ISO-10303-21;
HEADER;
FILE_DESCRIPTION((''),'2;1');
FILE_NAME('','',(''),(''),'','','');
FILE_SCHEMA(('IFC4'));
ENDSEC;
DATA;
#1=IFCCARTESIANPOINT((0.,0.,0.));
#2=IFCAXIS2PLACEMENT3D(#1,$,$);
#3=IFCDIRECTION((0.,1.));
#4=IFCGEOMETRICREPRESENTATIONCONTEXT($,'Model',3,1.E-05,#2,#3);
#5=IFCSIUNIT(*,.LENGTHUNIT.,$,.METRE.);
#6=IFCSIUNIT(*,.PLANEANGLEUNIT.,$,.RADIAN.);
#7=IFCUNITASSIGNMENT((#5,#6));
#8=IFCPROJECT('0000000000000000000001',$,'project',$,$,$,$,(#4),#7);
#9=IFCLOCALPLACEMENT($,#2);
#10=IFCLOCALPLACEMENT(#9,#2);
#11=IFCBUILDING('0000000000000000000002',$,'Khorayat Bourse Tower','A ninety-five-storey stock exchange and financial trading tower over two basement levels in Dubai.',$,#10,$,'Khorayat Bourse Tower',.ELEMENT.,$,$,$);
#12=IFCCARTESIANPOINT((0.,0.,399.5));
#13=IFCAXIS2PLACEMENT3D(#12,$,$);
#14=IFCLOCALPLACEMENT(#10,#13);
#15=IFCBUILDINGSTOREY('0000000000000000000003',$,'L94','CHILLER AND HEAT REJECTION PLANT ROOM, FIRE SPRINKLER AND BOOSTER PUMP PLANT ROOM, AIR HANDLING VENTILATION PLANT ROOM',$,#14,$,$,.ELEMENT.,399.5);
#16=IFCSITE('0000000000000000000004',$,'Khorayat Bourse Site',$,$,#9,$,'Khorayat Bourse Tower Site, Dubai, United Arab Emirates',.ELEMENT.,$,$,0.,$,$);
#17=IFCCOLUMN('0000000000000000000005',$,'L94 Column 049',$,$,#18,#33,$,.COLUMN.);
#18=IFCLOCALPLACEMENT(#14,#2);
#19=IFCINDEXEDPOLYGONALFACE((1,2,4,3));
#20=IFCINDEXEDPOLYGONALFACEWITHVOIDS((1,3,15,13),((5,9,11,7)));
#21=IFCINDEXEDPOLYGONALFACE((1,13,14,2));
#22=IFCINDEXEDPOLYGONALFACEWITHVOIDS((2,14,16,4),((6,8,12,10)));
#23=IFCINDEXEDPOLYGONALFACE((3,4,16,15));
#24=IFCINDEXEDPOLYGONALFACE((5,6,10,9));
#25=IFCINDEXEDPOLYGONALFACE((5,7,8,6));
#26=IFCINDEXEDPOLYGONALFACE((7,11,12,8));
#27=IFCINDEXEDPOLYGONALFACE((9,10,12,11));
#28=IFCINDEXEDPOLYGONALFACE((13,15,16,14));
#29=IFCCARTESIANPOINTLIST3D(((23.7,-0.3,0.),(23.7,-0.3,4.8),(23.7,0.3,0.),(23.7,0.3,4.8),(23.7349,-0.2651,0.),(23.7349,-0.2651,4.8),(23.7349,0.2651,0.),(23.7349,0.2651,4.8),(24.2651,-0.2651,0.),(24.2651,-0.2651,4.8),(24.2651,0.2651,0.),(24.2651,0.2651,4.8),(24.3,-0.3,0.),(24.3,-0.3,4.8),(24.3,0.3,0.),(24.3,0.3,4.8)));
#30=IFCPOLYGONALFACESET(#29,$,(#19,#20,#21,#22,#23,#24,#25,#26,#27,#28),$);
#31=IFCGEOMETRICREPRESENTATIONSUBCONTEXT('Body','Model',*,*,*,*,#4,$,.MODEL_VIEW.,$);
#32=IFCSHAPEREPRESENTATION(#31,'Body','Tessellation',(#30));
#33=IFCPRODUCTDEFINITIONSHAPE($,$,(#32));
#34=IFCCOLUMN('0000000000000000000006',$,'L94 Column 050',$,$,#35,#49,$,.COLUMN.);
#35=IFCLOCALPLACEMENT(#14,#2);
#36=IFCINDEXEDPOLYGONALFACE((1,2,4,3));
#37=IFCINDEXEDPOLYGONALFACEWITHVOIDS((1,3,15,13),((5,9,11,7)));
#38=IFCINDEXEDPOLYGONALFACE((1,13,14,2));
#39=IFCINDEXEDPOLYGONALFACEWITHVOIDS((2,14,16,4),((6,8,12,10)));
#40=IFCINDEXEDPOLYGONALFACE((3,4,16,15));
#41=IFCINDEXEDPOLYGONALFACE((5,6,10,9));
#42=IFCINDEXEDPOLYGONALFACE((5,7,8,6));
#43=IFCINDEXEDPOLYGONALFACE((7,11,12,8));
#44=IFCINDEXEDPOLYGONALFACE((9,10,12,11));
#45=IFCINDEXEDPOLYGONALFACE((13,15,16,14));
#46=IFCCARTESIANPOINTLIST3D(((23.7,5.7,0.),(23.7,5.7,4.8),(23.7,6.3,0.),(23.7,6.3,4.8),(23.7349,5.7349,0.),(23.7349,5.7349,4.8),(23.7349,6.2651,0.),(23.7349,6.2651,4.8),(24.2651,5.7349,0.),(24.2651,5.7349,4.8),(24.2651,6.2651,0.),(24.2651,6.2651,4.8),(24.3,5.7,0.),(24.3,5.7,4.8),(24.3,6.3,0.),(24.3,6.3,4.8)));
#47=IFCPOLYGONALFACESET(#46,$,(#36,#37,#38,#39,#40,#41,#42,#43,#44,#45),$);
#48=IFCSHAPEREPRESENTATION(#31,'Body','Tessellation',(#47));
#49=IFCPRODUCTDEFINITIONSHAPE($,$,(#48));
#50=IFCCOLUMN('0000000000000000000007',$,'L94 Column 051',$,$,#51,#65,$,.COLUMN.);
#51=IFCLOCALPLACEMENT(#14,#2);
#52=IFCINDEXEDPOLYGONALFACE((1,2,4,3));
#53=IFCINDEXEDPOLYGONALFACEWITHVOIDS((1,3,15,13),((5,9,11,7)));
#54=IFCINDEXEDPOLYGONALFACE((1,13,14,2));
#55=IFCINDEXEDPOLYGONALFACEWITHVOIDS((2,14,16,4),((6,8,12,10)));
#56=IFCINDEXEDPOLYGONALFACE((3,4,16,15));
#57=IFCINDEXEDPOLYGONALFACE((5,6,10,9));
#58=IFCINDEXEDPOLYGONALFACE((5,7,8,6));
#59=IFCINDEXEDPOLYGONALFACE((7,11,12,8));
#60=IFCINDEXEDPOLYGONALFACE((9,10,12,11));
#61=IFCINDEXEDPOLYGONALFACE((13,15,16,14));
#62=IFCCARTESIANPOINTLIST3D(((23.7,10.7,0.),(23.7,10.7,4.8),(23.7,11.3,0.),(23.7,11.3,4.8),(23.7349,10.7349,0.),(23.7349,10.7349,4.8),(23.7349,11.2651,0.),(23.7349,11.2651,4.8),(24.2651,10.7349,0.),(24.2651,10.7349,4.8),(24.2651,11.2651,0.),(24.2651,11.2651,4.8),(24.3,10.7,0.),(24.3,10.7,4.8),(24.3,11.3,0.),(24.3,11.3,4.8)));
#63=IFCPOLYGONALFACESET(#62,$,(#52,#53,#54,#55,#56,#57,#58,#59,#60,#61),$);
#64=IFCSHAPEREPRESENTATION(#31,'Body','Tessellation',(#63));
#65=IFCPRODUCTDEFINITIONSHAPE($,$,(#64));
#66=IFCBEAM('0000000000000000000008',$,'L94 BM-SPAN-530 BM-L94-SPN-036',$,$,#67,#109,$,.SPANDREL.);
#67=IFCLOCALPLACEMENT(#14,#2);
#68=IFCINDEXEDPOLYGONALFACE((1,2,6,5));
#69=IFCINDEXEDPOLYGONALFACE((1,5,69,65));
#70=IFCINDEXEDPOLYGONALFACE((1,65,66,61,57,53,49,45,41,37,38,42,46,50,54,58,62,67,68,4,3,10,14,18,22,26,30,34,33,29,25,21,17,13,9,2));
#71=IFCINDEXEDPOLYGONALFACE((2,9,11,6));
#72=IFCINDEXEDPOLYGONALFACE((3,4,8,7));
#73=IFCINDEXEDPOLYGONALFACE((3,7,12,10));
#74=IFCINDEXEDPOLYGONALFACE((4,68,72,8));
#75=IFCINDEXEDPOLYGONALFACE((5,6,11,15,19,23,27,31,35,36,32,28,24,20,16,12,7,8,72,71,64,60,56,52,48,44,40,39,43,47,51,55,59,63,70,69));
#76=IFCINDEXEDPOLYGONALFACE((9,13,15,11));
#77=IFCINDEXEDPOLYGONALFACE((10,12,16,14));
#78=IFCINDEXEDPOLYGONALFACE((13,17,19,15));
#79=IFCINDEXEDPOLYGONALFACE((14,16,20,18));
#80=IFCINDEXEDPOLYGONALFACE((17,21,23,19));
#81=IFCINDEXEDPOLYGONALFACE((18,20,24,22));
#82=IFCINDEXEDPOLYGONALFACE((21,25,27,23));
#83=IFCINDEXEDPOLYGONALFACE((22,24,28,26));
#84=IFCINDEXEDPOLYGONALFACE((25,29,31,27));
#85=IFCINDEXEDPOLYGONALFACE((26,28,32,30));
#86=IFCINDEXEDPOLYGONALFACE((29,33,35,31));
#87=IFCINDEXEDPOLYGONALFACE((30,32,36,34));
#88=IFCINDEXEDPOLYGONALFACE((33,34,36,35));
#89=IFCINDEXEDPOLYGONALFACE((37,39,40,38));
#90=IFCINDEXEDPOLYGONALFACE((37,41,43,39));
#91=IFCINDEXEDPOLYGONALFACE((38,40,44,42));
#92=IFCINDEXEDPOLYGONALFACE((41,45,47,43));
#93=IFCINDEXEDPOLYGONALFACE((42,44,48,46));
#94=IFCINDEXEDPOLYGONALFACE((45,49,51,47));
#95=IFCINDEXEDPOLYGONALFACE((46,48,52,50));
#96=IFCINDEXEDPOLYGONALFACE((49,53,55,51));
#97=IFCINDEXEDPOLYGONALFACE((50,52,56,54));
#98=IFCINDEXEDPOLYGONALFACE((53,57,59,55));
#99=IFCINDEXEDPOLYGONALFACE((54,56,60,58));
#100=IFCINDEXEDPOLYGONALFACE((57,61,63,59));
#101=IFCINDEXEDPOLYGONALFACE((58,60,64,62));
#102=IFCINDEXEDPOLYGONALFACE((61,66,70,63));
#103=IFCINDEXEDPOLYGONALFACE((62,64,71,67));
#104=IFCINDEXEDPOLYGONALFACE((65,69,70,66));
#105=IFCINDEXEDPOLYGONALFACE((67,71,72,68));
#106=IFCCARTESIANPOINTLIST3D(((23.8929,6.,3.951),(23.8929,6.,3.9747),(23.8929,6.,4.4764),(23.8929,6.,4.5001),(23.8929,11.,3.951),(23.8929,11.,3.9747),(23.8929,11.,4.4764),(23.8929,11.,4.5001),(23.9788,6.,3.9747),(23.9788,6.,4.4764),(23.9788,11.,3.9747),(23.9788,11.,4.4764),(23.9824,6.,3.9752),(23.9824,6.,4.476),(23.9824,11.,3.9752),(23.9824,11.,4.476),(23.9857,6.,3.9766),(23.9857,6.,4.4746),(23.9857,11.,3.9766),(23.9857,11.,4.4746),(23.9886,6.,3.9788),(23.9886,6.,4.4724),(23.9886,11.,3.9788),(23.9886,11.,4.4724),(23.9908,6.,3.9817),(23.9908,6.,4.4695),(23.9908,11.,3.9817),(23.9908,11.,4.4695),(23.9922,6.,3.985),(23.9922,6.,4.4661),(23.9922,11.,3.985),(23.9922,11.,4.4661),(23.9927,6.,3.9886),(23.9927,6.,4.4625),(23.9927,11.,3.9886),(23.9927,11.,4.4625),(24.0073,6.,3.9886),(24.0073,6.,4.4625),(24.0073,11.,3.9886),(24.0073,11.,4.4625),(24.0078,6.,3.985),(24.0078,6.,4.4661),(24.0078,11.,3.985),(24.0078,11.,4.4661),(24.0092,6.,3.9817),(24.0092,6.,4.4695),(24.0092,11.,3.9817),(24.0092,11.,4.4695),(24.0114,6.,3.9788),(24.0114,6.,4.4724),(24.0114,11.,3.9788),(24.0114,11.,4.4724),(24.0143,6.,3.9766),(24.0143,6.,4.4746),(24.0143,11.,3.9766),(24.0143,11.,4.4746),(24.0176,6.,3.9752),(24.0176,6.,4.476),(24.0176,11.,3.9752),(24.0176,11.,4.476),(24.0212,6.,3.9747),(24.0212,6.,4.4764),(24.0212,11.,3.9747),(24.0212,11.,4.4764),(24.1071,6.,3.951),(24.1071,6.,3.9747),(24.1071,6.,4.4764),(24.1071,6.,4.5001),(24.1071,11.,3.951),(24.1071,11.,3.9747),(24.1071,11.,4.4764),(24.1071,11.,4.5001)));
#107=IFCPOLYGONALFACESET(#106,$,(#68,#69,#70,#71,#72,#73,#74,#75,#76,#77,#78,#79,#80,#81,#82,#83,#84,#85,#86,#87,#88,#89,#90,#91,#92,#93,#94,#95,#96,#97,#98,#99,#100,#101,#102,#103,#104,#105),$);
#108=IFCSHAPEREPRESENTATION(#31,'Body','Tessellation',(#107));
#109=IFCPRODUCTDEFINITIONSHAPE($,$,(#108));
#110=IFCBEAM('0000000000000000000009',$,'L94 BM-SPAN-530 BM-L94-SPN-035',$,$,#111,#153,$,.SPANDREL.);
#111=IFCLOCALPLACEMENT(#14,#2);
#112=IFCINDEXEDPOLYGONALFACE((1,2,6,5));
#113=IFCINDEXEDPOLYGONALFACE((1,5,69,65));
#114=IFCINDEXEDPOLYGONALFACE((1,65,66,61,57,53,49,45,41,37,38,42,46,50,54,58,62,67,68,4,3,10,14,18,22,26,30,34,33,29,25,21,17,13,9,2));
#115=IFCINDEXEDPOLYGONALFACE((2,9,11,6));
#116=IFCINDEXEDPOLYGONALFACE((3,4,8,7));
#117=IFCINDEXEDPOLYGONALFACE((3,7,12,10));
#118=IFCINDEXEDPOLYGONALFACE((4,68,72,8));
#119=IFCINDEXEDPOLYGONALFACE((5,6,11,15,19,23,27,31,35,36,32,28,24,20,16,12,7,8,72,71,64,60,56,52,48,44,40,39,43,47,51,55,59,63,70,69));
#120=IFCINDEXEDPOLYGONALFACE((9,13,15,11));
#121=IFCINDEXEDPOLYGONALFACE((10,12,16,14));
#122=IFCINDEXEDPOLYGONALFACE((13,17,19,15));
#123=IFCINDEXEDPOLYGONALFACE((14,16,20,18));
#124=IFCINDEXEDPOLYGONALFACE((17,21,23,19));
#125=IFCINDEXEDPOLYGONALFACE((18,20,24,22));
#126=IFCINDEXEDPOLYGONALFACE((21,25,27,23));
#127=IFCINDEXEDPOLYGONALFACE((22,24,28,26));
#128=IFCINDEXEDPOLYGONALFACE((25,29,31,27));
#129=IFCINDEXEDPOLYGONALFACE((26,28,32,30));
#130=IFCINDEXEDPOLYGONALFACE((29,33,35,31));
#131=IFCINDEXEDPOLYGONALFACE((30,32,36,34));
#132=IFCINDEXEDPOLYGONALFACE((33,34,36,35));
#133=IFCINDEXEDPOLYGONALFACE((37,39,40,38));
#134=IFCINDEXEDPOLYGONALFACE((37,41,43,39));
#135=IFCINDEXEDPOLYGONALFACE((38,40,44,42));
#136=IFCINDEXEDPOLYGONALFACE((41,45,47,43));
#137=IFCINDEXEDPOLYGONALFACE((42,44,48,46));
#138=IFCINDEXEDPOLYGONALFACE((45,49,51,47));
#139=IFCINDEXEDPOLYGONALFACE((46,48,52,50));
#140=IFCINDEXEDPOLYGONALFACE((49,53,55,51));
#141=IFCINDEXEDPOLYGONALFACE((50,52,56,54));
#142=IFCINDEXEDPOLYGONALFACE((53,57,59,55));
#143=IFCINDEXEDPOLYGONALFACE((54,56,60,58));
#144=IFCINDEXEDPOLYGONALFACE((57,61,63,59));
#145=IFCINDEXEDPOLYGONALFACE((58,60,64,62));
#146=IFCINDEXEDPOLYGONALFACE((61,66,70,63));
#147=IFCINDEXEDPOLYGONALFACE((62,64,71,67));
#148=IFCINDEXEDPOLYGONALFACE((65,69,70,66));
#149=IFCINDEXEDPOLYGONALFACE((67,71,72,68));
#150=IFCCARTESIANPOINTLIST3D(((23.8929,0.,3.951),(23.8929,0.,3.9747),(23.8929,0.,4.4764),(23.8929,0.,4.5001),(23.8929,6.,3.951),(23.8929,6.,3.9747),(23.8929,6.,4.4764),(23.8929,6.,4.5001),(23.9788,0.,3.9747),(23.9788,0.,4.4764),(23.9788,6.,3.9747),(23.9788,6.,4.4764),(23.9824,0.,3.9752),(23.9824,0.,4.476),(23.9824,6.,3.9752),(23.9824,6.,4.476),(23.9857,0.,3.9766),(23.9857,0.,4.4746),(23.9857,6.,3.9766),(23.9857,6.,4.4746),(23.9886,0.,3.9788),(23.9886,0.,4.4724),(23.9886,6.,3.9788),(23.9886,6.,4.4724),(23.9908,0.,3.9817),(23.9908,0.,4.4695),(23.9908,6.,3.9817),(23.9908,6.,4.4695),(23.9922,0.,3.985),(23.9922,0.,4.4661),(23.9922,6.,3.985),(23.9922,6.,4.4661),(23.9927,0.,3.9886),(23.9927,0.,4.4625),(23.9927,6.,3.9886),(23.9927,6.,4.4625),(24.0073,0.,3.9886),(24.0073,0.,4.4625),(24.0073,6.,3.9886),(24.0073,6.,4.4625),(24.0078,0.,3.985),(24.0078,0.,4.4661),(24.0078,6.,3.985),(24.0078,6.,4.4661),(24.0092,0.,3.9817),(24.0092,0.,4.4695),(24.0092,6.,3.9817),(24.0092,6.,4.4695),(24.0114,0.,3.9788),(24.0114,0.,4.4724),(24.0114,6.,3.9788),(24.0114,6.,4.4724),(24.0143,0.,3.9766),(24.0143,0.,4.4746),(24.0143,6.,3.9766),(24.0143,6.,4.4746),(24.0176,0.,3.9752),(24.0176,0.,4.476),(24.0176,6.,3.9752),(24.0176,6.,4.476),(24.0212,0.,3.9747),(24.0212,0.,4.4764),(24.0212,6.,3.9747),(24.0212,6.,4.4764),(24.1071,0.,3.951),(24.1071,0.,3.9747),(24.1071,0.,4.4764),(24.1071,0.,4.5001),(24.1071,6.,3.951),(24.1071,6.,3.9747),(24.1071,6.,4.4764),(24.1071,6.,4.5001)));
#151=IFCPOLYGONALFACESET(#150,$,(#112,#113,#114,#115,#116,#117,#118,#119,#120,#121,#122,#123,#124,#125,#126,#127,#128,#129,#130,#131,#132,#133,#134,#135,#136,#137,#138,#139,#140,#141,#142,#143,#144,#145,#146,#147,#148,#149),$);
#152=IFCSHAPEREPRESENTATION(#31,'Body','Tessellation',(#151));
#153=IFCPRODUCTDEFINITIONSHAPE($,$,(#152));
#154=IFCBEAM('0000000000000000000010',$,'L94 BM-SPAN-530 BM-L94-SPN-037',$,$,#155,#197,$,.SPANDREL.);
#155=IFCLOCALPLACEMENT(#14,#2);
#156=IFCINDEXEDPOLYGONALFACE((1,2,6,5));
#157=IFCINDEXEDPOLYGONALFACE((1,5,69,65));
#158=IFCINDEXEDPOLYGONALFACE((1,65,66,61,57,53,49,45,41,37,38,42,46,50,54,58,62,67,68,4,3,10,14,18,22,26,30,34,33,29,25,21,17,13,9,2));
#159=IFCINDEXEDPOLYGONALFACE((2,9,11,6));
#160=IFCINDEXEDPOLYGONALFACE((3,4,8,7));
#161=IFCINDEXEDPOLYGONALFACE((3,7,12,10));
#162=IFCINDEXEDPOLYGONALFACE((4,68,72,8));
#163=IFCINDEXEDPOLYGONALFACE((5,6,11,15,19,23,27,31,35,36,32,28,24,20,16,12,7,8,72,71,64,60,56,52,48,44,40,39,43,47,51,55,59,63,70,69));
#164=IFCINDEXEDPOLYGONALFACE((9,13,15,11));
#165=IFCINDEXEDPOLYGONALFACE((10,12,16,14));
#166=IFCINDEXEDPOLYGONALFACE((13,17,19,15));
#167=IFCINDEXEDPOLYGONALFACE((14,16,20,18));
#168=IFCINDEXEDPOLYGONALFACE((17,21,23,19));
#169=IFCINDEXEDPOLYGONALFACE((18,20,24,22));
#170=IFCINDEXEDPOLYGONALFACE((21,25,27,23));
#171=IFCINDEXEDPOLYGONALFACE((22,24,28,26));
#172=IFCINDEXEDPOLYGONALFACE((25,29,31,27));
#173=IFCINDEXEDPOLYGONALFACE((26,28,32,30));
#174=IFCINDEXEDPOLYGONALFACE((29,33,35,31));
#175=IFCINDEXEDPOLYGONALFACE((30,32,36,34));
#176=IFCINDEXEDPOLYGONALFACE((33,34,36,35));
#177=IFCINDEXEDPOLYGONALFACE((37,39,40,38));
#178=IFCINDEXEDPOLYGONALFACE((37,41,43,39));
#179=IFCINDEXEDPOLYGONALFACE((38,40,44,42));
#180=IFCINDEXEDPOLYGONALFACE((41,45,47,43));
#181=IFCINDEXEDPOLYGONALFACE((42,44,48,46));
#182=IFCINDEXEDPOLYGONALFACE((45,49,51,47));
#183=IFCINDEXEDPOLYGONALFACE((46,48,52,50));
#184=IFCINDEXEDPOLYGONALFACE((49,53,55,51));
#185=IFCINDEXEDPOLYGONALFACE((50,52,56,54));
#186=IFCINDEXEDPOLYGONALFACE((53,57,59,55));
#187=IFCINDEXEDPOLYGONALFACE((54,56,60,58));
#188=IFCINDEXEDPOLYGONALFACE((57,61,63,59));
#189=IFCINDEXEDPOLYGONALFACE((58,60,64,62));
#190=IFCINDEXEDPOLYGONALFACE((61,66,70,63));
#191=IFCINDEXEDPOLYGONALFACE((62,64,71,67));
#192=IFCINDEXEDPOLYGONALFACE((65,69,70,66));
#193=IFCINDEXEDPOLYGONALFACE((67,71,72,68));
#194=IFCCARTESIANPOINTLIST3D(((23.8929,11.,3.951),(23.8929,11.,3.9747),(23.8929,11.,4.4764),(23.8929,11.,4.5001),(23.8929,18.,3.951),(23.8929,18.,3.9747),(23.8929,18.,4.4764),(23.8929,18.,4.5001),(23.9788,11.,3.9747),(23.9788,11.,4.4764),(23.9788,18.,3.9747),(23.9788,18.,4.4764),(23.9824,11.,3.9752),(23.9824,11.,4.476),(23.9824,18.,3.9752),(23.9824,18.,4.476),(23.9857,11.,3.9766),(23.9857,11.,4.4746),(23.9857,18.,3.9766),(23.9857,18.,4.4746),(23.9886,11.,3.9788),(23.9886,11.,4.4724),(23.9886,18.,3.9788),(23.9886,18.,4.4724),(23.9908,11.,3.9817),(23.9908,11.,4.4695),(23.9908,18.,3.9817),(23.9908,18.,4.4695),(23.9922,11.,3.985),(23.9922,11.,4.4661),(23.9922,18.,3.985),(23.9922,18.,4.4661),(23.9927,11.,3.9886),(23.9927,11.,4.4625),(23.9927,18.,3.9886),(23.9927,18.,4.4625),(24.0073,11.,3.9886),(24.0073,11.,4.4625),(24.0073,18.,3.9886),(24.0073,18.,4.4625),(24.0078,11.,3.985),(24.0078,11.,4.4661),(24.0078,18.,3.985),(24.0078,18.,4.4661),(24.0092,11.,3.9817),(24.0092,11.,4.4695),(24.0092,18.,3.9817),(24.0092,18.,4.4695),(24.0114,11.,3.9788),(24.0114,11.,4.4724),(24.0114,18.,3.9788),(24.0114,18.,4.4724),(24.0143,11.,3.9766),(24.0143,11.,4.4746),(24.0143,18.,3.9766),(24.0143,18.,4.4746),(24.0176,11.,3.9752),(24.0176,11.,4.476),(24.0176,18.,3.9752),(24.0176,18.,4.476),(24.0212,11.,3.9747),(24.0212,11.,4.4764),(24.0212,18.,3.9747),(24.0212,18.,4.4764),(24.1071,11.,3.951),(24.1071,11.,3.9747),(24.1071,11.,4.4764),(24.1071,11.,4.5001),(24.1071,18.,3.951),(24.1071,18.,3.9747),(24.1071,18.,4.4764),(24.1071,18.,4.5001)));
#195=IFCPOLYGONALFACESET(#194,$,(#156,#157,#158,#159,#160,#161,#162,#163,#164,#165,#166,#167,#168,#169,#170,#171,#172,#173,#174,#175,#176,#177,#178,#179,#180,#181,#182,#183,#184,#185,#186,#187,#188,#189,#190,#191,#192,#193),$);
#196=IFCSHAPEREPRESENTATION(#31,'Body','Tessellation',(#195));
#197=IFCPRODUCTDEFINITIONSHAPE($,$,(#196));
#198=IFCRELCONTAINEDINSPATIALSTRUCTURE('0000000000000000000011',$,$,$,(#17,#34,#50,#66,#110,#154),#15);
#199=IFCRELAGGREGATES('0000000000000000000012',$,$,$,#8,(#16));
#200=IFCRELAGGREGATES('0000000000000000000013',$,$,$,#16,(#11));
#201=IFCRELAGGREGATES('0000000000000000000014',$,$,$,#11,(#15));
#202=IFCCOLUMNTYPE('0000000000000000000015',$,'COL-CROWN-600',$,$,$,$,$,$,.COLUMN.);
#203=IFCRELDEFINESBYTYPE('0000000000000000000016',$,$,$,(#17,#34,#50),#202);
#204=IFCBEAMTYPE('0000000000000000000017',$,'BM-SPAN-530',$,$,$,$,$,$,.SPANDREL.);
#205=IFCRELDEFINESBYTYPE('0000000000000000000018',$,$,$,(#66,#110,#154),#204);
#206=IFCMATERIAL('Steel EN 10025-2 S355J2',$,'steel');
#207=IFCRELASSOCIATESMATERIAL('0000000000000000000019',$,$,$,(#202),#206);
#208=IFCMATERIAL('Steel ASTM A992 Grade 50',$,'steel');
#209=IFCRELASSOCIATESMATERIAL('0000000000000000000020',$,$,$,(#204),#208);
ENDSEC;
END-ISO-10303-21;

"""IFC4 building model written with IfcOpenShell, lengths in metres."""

from ifc_helpers import new_model, si_unit, direction, frame, origin, origin_2d, place, context, subcontext, project, spatial, hollow_rectangle, i_section, extrude, source, transform, mapped, material, material_profile, profile_set, type_object, element, save


model = new_model("IFC4")

# Units and contexts
model_context = context("Model", 3, precision=1e-05, world=origin(), true_north=direction((0.0, 1.0)))
body_context = subcontext(model_context, "Body", "Model", "MODEL_VIEW")
ifc_project = project(units=[si_unit("LENGTHUNIT", "METRE"), si_unit("PLANEANGLEUNIT", "RADIAN")], contexts=[model_context])

# Site, building, storey
site_placement = place(None, origin())
site = spatial("IfcSite", under=ifc_project, at=site_placement, Name="Khorayat Bourse Site", LongName="Khorayat Bourse Tower Site, Dubai, United Arab Emirates", CompositionType="ELEMENT", RefElevation=0.0)
building_placement = place(site_placement, origin())
building = spatial("IfcBuilding", under=site, at=building_placement, Name="Khorayat Bourse Tower", Description="A ninety-five-storey stock exchange and financial trading tower over two basement levels in Dubai.", LongName="Khorayat Bourse Tower", CompositionType="ELEMENT")
storey_placement = place(building_placement, frame((0.0, 0.0, 399.5)))
storey = spatial("IfcBuildingStorey", under=building, at=storey_placement, Name="L94", Description="CHILLER AND HEAT REJECTION PLANT ROOM, FIRE SPRINKLER AND BOOSTER PUMP PLANT ROOM, AIR HANDLING VENTILATION PLANT ROOM", CompositionType="ELEMENT", Elevation=399.5)

# Columns
ifc_material_1 = material(Name="Steel EN 10025-2 S355J2", Category="steel")
ifc_material_profile_1 = material_profile(ifc_material_1, hollow_rectangle(XDim=0.6001, YDim=0.6001, WallThickness=0.0349, at=origin_2d()), Name="BOX 600x600x35")
ifc_profile_set_1 = profile_set([ifc_material_profile_1], Name="Steel EN 10025-2 S355J2")
column_type = type_object("IfcColumnType", Name="COL-CROWN-600", PredefinedType="COLUMN", material=ifc_profile_set_1)
shared_shape_1 = source(origin(), body_context, "Body", "SweptSolid", [
    extrude(hollow_rectangle(XDim=0.6001, YDim=0.6001, WallThickness=0.0349, at=origin_2d()), origin(), (0.0, 0.0, 1.0), 4.8),
])
for number, where, z_axis, x_axis, name in (
    (1, (24.0, 0.0, 0.0), (0.0, 0.0, 1.0), (1.0, 0.0, 0.0), "L94 Column 049"),
    (2, (24.0, 6.0, 0.0), (0.0, 0.0, 1.0), (1.0, 0.0, 0.0), "L94 Column 050"),
    (3, (24.0, 11.0, 0.0), (0.0, 0.0, 1.0), (1.0, 0.0, 0.0), "L94 Column 051"),
):
    element("IfcColumn", number, at=place(storey_placement, frame(where, z_axis=z_axis, x_axis=x_axis)), inside=storey, type_object=column_type, Name=name, PredefinedType="COLUMN", context=body_context, shape_type="MappedRepresentation", body=[
        mapped(shared_shape_1, transform((0.0, 0.0, 0.0), scale=1.0)),
    ])

# Beams
ifc_material_2 = material(Name="Steel ASTM A992 Grade 50", Category="steel")
ifc_material_profile_2 = material_profile(ifc_material_2, i_section(OverallWidth=0.2141, OverallDepth=0.5491, WebThickness=0.0146, FlangeThickness=0.0237, FilletRadius=0.0139, at=origin_2d()), Name="W530X138")
ifc_profile_set_2 = profile_set([ifc_material_profile_2], Name="Steel ASTM A992 Grade 50")
beam_type_1 = type_object("IfcBeamType", Name="BM-SPAN-530", PredefinedType="SPANDREL", material=ifc_profile_set_2)
shared_shape_2 = source(origin(), body_context, "Body", "SweptSolid", [
    extrude(i_section(OverallWidth=0.2141, OverallDepth=0.5491, WebThickness=0.0146, FlangeThickness=0.0237, FilletRadius=0.0139, at=origin_2d()), origin(), (0.0, 0.0, 1.0), 5.0),
])
beam_1_placement = place(storey_placement, frame((24.0, 6.0, 4.2256), z_axis=(0.0, 1.0, 0.0), x_axis=(-1.0, 0.0, 0.0)))
element("IfcBeam", 4, at=beam_1_placement, inside=storey, type_object=beam_type_1, Name="L94 BM-SPAN-530 BM-L94-SPN-036", PredefinedType="SPANDREL", context=body_context, shape_type="MappedRepresentation", body=[
    mapped(shared_shape_2, transform((0.0, 0.0, 0.0), scale=1.0)),
])
shared_shape_3 = source(origin(), body_context, "Body", "SweptSolid", [
    extrude(i_section(OverallWidth=0.2141, OverallDepth=0.5491, WebThickness=0.0146, FlangeThickness=0.0237, FilletRadius=0.0139, at=origin_2d()), origin(), (0.0, 0.0, 1.0), 6.0),
])
beam_2_placement = place(storey_placement, frame((24.0, 0.0, 4.2256), z_axis=(0.0, 1.0, 0.0), x_axis=(-1.0, 0.0, 0.0)))
element("IfcBeam", 5, at=beam_2_placement, inside=storey, type_object=beam_type_1, Name="L94 BM-SPAN-530 BM-L94-SPN-035", PredefinedType="SPANDREL", context=body_context, shape_type="MappedRepresentation", body=[
    mapped(shared_shape_3, transform((0.0, 0.0, 0.0), scale=1.0)),
])
shared_shape_4 = source(origin(), body_context, "Body", "SweptSolid", [
    extrude(i_section(OverallWidth=0.2141, OverallDepth=0.5491, WebThickness=0.0146, FlangeThickness=0.0237, FilletRadius=0.0139, at=origin_2d()), origin(), (0.0, 0.0, 1.0), 7.0),
])
beam_3_placement = place(storey_placement, frame((24.0, 11.0, 4.2256), z_axis=(0.0, 1.0, 0.0), x_axis=(-1.0, 0.0, 0.0)))
element("IfcBeam", 6, at=beam_3_placement, inside=storey, type_object=beam_type_1, Name="L94 BM-SPAN-530 BM-L94-SPN-037", PredefinedType="SPANDREL", context=body_context, shape_type="MappedRepresentation", body=[
    mapped(shared_shape_4, transform((0.0, 0.0, 0.0), scale=1.0)),
])

save(model, "model.ifc")
